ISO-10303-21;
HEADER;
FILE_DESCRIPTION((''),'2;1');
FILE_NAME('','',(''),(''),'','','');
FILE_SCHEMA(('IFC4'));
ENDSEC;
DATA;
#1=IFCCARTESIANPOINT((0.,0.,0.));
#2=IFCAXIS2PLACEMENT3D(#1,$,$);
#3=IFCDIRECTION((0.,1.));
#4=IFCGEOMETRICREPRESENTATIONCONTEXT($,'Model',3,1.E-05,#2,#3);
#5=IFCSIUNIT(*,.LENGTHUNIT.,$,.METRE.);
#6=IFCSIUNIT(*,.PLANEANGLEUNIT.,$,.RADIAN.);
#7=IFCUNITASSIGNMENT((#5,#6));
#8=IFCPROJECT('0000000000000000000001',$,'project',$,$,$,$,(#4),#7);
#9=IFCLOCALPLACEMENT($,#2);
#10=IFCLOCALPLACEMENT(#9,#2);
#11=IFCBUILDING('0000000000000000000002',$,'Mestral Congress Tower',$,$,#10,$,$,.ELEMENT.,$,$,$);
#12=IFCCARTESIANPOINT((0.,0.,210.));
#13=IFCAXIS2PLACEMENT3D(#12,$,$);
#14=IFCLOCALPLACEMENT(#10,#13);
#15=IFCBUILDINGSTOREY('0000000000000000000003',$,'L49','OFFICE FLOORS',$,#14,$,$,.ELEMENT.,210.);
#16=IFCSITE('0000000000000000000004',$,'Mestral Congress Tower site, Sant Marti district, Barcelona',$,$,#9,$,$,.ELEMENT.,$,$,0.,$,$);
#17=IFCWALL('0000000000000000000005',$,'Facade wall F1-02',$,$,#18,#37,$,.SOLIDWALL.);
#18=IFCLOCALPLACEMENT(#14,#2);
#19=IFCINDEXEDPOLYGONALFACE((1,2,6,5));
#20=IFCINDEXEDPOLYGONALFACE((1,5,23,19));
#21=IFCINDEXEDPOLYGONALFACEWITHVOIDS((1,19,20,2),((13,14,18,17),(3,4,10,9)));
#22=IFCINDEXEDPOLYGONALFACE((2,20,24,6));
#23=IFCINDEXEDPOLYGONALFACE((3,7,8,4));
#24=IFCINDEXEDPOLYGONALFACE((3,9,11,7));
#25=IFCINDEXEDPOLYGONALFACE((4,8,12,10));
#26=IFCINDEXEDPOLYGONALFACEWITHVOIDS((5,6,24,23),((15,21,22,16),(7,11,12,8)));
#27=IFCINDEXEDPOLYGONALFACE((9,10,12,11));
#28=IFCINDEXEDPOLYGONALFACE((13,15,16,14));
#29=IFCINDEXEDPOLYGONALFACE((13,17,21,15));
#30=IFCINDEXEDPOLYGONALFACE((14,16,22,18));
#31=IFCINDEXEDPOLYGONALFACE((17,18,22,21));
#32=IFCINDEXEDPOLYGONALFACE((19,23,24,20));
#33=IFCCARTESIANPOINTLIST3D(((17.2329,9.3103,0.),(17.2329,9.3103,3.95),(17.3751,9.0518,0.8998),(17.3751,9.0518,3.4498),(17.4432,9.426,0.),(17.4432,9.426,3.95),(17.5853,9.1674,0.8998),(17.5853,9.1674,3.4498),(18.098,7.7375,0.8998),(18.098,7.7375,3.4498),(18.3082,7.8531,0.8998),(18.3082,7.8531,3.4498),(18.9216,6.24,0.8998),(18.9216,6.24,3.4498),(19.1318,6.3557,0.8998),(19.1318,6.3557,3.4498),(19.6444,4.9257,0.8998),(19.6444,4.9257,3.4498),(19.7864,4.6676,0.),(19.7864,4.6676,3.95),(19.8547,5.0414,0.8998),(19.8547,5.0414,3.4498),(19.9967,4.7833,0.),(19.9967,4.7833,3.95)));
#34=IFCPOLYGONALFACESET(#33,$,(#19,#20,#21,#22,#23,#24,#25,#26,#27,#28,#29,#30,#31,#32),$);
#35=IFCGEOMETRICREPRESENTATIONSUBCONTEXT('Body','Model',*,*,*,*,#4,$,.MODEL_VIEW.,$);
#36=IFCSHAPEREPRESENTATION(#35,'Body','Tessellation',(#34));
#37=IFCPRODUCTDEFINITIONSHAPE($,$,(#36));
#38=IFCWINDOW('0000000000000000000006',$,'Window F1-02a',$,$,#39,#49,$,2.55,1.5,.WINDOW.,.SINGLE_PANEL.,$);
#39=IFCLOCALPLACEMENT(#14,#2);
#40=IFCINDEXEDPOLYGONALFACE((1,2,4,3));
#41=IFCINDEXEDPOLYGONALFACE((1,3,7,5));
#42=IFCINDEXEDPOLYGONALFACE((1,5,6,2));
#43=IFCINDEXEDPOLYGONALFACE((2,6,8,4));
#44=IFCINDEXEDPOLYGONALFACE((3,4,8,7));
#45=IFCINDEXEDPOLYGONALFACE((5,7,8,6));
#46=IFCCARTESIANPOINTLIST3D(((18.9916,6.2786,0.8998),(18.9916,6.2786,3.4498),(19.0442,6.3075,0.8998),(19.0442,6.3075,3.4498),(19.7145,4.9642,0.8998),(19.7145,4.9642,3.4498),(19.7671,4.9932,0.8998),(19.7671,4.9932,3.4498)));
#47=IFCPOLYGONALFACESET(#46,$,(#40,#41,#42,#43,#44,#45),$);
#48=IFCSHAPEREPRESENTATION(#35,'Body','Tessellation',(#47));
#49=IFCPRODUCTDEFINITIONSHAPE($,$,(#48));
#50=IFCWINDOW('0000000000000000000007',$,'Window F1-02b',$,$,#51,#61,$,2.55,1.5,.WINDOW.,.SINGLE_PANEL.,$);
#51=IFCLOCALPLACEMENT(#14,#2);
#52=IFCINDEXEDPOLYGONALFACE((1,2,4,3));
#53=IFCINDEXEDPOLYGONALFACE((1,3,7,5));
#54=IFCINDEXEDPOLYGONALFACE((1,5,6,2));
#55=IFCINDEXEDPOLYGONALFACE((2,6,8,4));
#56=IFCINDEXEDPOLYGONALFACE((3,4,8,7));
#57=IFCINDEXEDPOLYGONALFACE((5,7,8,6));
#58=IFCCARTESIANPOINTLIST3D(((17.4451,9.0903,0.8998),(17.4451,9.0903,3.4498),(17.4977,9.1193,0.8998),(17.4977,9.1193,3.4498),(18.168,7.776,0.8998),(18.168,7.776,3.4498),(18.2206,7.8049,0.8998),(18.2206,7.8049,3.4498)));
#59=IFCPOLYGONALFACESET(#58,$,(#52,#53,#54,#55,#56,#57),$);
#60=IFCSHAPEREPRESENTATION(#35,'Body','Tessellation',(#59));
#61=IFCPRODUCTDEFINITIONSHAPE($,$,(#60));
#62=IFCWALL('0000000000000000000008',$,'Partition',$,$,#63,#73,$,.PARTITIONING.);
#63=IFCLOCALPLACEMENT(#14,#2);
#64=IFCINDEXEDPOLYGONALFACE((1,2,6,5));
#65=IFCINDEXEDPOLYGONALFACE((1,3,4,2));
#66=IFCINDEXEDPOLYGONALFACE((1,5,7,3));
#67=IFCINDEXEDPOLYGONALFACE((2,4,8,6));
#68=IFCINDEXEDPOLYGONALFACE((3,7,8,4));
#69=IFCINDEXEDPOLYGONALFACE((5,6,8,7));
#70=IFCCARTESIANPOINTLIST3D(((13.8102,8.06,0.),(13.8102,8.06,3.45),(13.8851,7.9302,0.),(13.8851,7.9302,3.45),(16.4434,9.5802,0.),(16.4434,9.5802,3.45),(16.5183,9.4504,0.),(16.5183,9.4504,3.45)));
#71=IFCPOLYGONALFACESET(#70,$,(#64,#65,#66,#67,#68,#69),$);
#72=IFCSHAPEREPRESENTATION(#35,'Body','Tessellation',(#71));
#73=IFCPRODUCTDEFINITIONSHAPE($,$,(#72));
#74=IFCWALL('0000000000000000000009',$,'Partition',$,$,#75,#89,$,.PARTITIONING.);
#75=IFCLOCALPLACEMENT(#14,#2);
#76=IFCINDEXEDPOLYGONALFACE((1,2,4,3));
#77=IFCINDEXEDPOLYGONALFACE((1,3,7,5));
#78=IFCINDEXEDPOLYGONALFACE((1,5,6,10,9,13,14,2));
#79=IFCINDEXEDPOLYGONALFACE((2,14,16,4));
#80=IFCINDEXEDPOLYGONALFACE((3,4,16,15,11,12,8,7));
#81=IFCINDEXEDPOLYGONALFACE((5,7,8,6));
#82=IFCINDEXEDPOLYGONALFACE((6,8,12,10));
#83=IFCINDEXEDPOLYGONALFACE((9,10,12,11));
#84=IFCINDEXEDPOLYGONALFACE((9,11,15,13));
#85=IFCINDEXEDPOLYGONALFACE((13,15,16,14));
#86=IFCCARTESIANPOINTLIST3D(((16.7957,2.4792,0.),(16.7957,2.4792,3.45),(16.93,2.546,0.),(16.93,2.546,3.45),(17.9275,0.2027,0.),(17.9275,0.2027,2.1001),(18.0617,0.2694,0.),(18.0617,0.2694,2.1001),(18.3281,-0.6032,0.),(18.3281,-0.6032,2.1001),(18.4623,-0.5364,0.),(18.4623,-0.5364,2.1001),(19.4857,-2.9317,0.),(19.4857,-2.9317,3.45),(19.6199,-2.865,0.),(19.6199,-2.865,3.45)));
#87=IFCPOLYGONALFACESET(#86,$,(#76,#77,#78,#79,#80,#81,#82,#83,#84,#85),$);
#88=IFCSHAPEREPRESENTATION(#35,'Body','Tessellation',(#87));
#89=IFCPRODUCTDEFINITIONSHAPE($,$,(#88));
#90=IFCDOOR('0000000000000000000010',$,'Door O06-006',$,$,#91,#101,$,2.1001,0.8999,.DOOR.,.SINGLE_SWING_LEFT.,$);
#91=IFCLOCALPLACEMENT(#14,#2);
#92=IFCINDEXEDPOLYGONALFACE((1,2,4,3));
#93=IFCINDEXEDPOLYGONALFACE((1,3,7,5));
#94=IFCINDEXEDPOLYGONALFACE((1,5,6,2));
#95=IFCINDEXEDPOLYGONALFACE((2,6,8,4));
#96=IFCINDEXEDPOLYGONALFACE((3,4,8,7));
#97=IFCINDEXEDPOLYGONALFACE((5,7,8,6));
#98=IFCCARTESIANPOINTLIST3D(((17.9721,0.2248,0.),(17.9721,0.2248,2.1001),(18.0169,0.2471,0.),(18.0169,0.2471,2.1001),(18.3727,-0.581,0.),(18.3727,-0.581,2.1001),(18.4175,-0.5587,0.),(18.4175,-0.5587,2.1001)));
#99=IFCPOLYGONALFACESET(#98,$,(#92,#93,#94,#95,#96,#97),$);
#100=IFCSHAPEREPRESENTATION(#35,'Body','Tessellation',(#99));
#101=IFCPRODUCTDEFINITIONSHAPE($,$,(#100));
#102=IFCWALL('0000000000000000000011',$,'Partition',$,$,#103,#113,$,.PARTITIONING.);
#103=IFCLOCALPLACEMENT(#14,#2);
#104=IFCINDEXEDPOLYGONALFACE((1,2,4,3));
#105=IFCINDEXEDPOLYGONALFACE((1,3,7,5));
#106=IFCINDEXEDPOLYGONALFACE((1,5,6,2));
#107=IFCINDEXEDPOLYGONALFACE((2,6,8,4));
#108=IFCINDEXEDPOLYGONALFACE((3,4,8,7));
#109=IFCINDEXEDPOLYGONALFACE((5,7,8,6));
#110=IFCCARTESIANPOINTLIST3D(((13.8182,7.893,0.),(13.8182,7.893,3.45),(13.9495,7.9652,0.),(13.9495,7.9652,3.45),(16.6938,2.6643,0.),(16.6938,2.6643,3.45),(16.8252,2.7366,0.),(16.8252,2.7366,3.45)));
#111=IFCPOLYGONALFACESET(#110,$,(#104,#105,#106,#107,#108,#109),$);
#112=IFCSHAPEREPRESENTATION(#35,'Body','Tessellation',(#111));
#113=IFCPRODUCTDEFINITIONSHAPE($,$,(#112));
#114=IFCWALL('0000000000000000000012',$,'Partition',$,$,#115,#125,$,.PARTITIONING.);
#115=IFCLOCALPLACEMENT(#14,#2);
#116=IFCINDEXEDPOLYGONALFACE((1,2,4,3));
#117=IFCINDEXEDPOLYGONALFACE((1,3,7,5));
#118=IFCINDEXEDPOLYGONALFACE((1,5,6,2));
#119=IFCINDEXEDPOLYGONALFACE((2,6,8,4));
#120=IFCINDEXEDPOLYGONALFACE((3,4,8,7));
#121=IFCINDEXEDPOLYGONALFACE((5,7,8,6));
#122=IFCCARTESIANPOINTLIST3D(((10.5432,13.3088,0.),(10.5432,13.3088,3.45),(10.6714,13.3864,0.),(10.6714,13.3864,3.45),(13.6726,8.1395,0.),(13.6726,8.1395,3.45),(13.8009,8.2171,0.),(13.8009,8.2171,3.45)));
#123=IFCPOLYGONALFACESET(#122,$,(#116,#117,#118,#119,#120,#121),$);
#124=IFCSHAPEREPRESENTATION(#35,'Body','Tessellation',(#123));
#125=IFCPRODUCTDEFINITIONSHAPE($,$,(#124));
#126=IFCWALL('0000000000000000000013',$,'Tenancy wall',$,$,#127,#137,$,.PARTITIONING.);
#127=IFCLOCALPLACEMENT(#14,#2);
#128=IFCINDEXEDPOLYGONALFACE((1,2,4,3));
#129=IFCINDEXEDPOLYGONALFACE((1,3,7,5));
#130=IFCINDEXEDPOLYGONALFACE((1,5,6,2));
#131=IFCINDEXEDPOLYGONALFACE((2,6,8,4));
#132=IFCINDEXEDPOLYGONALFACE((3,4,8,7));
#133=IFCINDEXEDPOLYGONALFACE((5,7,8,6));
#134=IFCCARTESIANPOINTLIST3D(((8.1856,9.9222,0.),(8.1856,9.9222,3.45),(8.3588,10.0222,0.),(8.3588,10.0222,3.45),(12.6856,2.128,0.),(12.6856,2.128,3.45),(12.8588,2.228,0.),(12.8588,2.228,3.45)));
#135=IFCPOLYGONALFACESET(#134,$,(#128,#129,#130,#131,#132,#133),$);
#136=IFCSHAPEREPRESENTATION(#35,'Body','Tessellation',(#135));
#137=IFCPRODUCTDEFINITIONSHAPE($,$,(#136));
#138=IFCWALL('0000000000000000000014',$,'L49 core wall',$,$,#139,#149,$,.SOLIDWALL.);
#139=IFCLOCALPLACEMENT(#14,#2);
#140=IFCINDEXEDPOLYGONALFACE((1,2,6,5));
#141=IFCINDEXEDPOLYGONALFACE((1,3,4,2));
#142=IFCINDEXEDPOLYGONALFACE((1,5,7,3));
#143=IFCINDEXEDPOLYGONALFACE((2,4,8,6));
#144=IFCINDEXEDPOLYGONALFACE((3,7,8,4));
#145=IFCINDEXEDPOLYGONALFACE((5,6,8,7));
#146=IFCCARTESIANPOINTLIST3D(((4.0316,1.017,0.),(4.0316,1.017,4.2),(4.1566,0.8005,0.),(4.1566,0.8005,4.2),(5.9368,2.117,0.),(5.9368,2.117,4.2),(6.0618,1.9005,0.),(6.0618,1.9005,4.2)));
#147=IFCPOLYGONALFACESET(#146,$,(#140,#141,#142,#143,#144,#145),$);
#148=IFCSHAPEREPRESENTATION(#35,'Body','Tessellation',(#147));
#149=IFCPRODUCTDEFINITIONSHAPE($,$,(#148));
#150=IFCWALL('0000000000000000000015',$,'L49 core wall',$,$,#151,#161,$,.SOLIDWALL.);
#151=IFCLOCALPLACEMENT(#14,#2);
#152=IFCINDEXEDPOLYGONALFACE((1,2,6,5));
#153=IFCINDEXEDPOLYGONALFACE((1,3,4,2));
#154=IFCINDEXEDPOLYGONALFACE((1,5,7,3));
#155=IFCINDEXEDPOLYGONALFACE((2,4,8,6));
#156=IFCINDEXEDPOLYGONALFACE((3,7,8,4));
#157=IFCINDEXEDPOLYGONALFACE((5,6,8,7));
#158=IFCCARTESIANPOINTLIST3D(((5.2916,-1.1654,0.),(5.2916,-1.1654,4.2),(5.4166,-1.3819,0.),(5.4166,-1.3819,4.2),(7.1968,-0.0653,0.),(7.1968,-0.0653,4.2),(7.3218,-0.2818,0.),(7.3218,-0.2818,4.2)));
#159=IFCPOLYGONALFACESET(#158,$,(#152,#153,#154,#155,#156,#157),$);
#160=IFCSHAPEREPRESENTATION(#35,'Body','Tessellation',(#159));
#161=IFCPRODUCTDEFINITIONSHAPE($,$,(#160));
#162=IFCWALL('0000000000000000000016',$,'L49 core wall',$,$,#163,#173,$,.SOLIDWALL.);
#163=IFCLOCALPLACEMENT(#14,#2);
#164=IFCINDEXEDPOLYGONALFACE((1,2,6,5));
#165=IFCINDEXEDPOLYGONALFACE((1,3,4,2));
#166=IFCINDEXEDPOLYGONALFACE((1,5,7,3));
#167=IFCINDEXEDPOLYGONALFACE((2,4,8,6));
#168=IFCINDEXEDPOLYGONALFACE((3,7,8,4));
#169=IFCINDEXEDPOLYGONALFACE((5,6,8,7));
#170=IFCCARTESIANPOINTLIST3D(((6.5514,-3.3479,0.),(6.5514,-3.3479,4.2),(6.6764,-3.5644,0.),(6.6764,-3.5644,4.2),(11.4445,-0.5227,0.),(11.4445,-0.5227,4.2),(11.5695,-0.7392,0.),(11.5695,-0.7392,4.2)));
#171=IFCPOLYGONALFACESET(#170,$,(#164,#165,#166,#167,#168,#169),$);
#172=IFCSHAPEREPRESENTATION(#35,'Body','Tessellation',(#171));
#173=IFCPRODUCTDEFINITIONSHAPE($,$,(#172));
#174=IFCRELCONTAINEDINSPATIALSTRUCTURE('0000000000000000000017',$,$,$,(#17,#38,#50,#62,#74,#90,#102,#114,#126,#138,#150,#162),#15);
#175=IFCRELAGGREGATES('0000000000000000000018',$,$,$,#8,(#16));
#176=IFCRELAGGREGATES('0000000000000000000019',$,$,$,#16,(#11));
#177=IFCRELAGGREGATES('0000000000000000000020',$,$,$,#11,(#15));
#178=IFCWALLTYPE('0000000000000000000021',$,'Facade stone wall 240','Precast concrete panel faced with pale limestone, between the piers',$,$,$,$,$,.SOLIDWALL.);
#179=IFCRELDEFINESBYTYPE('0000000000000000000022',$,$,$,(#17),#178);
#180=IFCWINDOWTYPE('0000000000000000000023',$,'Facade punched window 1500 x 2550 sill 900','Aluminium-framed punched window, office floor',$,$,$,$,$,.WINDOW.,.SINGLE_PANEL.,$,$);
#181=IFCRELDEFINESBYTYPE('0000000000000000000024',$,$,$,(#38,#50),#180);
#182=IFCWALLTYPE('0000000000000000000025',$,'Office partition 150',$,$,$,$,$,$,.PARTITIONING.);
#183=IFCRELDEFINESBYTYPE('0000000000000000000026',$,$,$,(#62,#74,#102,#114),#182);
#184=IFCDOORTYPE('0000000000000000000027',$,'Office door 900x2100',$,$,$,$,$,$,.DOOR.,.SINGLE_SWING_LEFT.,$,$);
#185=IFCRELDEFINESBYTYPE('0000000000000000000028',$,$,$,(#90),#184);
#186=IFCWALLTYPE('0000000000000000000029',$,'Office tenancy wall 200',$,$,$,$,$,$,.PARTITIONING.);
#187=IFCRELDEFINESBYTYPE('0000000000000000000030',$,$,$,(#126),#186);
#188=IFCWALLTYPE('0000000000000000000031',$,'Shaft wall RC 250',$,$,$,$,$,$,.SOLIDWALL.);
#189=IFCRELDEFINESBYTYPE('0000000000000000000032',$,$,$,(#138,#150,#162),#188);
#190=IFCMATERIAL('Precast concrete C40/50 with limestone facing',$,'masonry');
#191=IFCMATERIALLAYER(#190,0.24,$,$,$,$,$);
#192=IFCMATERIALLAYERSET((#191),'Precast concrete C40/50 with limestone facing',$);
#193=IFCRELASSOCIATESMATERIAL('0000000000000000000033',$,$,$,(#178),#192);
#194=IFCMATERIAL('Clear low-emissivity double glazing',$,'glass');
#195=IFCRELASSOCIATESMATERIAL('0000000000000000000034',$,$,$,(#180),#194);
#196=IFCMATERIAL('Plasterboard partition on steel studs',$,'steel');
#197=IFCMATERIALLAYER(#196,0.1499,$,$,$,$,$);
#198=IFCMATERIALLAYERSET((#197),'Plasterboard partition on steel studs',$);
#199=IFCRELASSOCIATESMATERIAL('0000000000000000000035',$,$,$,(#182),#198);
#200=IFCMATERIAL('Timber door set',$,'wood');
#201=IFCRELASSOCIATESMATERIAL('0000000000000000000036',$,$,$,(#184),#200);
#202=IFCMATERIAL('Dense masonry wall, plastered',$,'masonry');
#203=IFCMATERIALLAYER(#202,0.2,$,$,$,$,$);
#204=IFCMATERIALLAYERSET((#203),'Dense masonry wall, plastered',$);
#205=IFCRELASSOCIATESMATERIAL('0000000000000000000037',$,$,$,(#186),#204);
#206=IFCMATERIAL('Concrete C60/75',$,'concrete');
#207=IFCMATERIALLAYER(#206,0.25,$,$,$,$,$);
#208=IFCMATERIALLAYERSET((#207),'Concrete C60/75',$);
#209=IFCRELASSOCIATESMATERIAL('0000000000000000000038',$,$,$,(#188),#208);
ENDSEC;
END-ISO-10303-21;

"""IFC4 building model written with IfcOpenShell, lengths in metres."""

from ifc_helpers import new_model, si_unit, direction, frame, frame_2d, origin, place, context, subcontext, project, spatial, rectangle, extrude, material, layer, layer_set, type_object, element, fill, save


model = new_model("IFC4")

# Units and contexts
model_context = context("Model", 3, precision=1e-05, world=origin(), true_north=direction((0.0, 1.0)))
body_context = subcontext(model_context, "Body", "Model", "MODEL_VIEW")
ifc_project = project(units=[si_unit("LENGTHUNIT", "METRE"), si_unit("PLANEANGLEUNIT", "RADIAN")], contexts=[model_context])

# Site, building, storey
site_placement = place(None, origin())
site = spatial("IfcSite", under=ifc_project, at=site_placement, Name="Mestral Congress Tower site, Sant Marti district, Barcelona", CompositionType="ELEMENT", RefElevation=0.0)
building_placement = place(site_placement, origin())
building = spatial("IfcBuilding", under=site, at=building_placement, Name="Mestral Congress Tower", CompositionType="ELEMENT")
storey_placement = place(building_placement, frame((0.0, 0.0, 210.0)))
storey = spatial("IfcBuildingStorey", under=building, at=storey_placement, Name="L49", Description="OFFICE FLOORS", CompositionType="ELEMENT", Elevation=210.0)

# Shared definitions
ifc_material_1 = material(Name="Concrete C60/75", Category="concrete")

# Wall, openings, windows
ifc_material_2 = material(Name="Precast concrete C40/50 with limestone facing", Category="masonry")
ifc_layer_1 = layer(ifc_material_2, 0.24)
ifc_layer_set_1 = layer_set([ifc_layer_1], Name="Precast concrete C40/50 with limestone facing")
wall_type_1 = type_object("IfcWallType", Name="Facade stone wall 240", Description="Precast concrete panel faced with pale limestone, between the piers", PredefinedType="SOLIDWALL", material=ifc_layer_set_1)
ifc_material_3 = material(Name="Clear low-emissivity double glazing", Category="glass")
window_type = type_object("IfcWindowType", Name="Facade punched window 1500 x 2550 sill 900", Description="Aluminium-framed punched window, office floor", PartitioningType="SINGLE_PANEL", PredefinedType="WINDOW", material=ifc_material_3)
wall_1_placement = place(storey_placement, frame((19.8916, 4.7253, 0.0), z_axis=(0.0, 0.0, 1.0), x_axis=(-0.481926, 0.876212, 0.0)))
wall_1 = element("IfcWall", 1, at=wall_1_placement, inside=storey, type_object=wall_type_1, Name="Facade wall F1-02", PredefinedType="SOLIDWALL", context=body_context, shape_type="SweptSolid", body=[
    extrude(rectangle(XDim=5.2986, YDim=0.24, at=frame_2d((2.6494, 0.0))), origin(), (0.0, 0.0, 1.0), 3.95),
])
opening_1_placement = place(wall_1_placement, frame((0.2947, 0.0, 0.8999)))
opening_1 = element("IfcOpeningElement", 2, at=opening_1_placement, cuts=wall_1, PredefinedType="OPENING", context=body_context, shape_type="SweptSolid", body=[
    extrude(rectangle(XDim=1.5, YDim=2.55, at=frame_2d((0.75, 1.2749))), frame((0.0, 0.1299, 0.0), z_axis=(0.0, -1.0, 0.0), x_axis=(1.0, 0.0, 0.0)), (0.0, 0.0, 1.0), 0.26),
])
opening_2_placement = place(wall_1_placement, frame((3.5037, 0.0, 0.8999)))
opening_2 = element("IfcOpeningElement", 3, at=opening_2_placement, cuts=wall_1, PredefinedType="OPENING", context=body_context, shape_type="SweptSolid", body=[
    extrude(rectangle(XDim=1.5, YDim=2.55, at=frame_2d((0.75, 1.2749))), frame((0.0, 0.1299, 0.0), z_axis=(0.0, -1.0, 0.0), x_axis=(1.0, 0.0, 0.0)), (0.0, 0.0, 1.0), 0.26),
])
window_1_placement = place(opening_1_placement, origin())
window_1 = element("IfcWindow", 4, at=window_1_placement, inside=storey, type_object=window_type, Name="Window F1-02a", OverallHeight=2.55, OverallWidth=1.5, PartitioningType="SINGLE_PANEL", PredefinedType="WINDOW", context=body_context, shape_type="SweptSolid", body=[
    extrude(rectangle(XDim=1.5, YDim=2.55, at=frame_2d((0.75, 1.2749))), frame((0.0, 0.04, 0.0), z_axis=(0.0, -1.0, 0.0), x_axis=(1.0, 0.0, 0.0)), (0.0, 0.0, 1.0), 0.0601),
])
fill(opening_1, window_1)
window_2_placement = place(opening_2_placement, origin())
window_2 = element("IfcWindow", 5, at=window_2_placement, inside=storey, type_object=window_type, Name="Window F1-02b", OverallHeight=2.55, OverallWidth=1.5, PartitioningType="SINGLE_PANEL", PredefinedType="WINDOW", context=body_context, shape_type="SweptSolid", body=[
    extrude(rectangle(XDim=1.5, YDim=2.55, at=frame_2d((0.75, 1.2749))), frame((0.0, 0.04, 0.0), z_axis=(0.0, -1.0, 0.0), x_axis=(1.0, 0.0, 0.0)), (0.0, 0.0, 1.0), 0.0601),
])
fill(opening_2, window_2)

# Wall
ifc_material_4 = material(Name="Plasterboard partition on steel studs", Category="steel")
ifc_layer_2 = layer(ifc_material_4, 0.1499)
ifc_layer_set_2 = layer_set([ifc_layer_2], Name="Plasterboard partition on steel studs")
wall_type_2 = type_object("IfcWallType", Name="Office partition 150", PredefinedType="PARTITIONING", material=ifc_layer_set_2)
wall_2_placement = place(storey_placement, frame((13.8477, 7.9951, 0.0), z_axis=(0.0, 0.0, 1.0), x_axis=(0.866036, 0.499982, 0.0)))
element("IfcWall", 6, at=wall_2_placement, inside=storey, type_object=wall_type_2, Name="Partition", PredefinedType="PARTITIONING", context=body_context, shape_type="SweptSolid", body=[
    extrude(rectangle(XDim=3.0405, YDim=0.1499, at=frame_2d((1.5203, 0.0))), origin(), (0.0, 0.0, 1.0), 3.45),
])

# Wall, opening, door
wall_3_placement = place(storey_placement, frame((16.8628, 2.5127, 0.0), z_axis=(0.0, 0.0, 1.0), x_axis=(0.44516, -0.895451, 0.0)))
wall_3 = element("IfcWall", 7, at=wall_3_placement, inside=storey, type_object=wall_type_2, Name="Partition", PredefinedType="PARTITIONING", context=body_context, shape_type="SweptSolid", body=[
    extrude(rectangle(XDim=6.0427, YDim=0.1499, at=frame_2d((3.0215, 0.0))), origin(), (0.0, 0.0, 1.0), 3.45),
])
opening_3_placement = place(wall_3_placement, frame((2.5425, 0.0, 0.0)))
opening_3 = element("IfcOpeningElement", 8, at=opening_3_placement, cuts=wall_3, PredefinedType="OPENING", context=body_context, shape_type="SweptSolid", body=[
    extrude(rectangle(XDim=0.8999, YDim=2.1001, at=frame_2d((0.45, 1.05))), frame((0.0, 0.085, 0.0), z_axis=(0.0, -1.0, 0.0), x_axis=(1.0, 0.0, 0.0)), (0.0, 0.0, 1.0), 0.1699),
])
ifc_material_5 = material(Name="Timber door set", Category="wood")
door_type_1 = type_object("IfcDoorType", Name="Office door 900x2100", OperationType="SINGLE_SWING_LEFT", PredefinedType="DOOR", material=ifc_material_5)
door_1_placement = place(opening_3_placement, origin())
door_1 = element("IfcDoor", 9, at=door_1_placement, inside=storey, type_object=door_type_1, Name="Door O06-006", OperationType="SINGLE_SWING_LEFT", OverallHeight=2.1001, OverallWidth=0.8999, PredefinedType="DOOR", context=body_context, shape_type="SweptSolid", body=[
    extrude(rectangle(XDim=0.8999, YDim=2.1001, at=frame_2d((0.45, 1.05))), frame((0.0, 0.0249, 0.0), z_axis=(0.0, -1.0, 0.0), x_axis=(1.0, 0.0, 0.0)), (0.0, 0.0, 1.0), 0.05),
])
fill(opening_3, door_1)

# Walls
wall_4_placement = place(storey_placement, frame((16.7595, 2.7004, 0.0), z_axis=(0.0, 0.0, 1.0), x_axis=(-0.481908, 0.876222, 0.0)))
element("IfcWall", 10, at=wall_4_placement, inside=storey, type_object=wall_type_2, Name="Partition", PredefinedType="PARTITIONING", context=body_context, shape_type="SweptSolid", body=[
    extrude(rectangle(XDim=5.9673, YDim=0.1499, at=frame_2d((2.9836, 0.0))), origin(), (0.0, 0.0, 1.0), 3.45),
])
wall_5_placement = place(storey_placement, frame((13.7368, 8.1782, 0.0), z_axis=(0.0, 0.0, 1.0), x_axis=(-0.517884, 0.855451, 0.0)))
element("IfcWall", 11, at=wall_5_placement, inside=storey, type_object=wall_type_2, Name="Partition", PredefinedType="PARTITIONING", context=body_context, shape_type="SweptSolid", body=[
    extrude(rectangle(XDim=6.0427, YDim=0.1499, at=frame_2d((3.0215, 0.0))), origin(), (0.0, 0.0, 1.0), 3.45),
])
ifc_material_6 = material(Name="Dense masonry wall, plastered", Category="masonry")
ifc_layer_3 = layer(ifc_material_6, 0.2)
ifc_layer_set_3 = layer_set([ifc_layer_3], Name="Dense masonry wall, plastered")
wall_type_3 = type_object("IfcWallType", Name="Office tenancy wall 200", PredefinedType="PARTITIONING", material=ifc_layer_set_3)
wall_6_placement = place(storey_placement, frame((12.7722, 2.178, 0.0), z_axis=(0.0, 0.0, 1.0), x_axis=(-0.500002, 0.866024, 0.0)))
element("IfcWall", 12, at=wall_6_placement, inside=storey, type_object=wall_type_3, Name="Tenancy wall", PredefinedType="PARTITIONING", context=body_context, shape_type="SweptSolid", body=[
    extrude(rectangle(XDim=9.0, YDim=0.2, at=frame_2d((4.5, 0.0))), origin(), (0.0, 0.0, 1.0), 3.45),
])
ifc_layer_4 = layer(ifc_material_1, 0.25)
ifc_layer_set_4 = layer_set([ifc_layer_4], Name="Concrete C60/75")
wall_type_4 = type_object("IfcWallType", Name="Shaft wall RC 250", PredefinedType="SOLIDWALL", material=ifc_layer_set_4)
for number, where, z_axis, x_axis, name in (
    (13, (4.094, 0.9087, 0.0), (0.0, 0.0, 1.0), (0.866008, 0.50003, 0.0), "L49 core wall"),
    (14, (5.354, -1.2737, 0.0), (0.0, 0.0, 1.0), (0.866008, 0.50003, 0.0), "L49 core wall"),
):
    element("IfcWall", number, at=place(storey_placement, frame(where, z_axis=z_axis, x_axis=x_axis)), inside=storey, type_object=wall_type_4, Name=name, PredefinedType="SOLIDWALL", context=body_context, shape_type="SweptSolid", body=[
        extrude(rectangle(XDim=2.2, YDim=0.25, at=frame_2d((1.1001, 0.0))), origin(), (0.0, 0.0, 1.0), 4.2),
    ])
wall_7_placement = place(storey_placement, frame((11.5071, -0.6309, 0.0), z_axis=(0.0, 0.0, 1.0), x_axis=(-0.866011, -0.500024, 0.0)))
element("IfcWall", 15, at=wall_7_placement, inside=storey, type_object=wall_type_4, Name="L49 core wall", PredefinedType="SOLIDWALL", context=body_context, shape_type="SweptSolid", body=[
    extrude(rectangle(XDim=5.6501, YDim=0.25, at=frame_2d((2.8252, 0.0))), origin(), (0.0, 0.0, 1.0), 4.2),
])

save(model, "model.ifc")
